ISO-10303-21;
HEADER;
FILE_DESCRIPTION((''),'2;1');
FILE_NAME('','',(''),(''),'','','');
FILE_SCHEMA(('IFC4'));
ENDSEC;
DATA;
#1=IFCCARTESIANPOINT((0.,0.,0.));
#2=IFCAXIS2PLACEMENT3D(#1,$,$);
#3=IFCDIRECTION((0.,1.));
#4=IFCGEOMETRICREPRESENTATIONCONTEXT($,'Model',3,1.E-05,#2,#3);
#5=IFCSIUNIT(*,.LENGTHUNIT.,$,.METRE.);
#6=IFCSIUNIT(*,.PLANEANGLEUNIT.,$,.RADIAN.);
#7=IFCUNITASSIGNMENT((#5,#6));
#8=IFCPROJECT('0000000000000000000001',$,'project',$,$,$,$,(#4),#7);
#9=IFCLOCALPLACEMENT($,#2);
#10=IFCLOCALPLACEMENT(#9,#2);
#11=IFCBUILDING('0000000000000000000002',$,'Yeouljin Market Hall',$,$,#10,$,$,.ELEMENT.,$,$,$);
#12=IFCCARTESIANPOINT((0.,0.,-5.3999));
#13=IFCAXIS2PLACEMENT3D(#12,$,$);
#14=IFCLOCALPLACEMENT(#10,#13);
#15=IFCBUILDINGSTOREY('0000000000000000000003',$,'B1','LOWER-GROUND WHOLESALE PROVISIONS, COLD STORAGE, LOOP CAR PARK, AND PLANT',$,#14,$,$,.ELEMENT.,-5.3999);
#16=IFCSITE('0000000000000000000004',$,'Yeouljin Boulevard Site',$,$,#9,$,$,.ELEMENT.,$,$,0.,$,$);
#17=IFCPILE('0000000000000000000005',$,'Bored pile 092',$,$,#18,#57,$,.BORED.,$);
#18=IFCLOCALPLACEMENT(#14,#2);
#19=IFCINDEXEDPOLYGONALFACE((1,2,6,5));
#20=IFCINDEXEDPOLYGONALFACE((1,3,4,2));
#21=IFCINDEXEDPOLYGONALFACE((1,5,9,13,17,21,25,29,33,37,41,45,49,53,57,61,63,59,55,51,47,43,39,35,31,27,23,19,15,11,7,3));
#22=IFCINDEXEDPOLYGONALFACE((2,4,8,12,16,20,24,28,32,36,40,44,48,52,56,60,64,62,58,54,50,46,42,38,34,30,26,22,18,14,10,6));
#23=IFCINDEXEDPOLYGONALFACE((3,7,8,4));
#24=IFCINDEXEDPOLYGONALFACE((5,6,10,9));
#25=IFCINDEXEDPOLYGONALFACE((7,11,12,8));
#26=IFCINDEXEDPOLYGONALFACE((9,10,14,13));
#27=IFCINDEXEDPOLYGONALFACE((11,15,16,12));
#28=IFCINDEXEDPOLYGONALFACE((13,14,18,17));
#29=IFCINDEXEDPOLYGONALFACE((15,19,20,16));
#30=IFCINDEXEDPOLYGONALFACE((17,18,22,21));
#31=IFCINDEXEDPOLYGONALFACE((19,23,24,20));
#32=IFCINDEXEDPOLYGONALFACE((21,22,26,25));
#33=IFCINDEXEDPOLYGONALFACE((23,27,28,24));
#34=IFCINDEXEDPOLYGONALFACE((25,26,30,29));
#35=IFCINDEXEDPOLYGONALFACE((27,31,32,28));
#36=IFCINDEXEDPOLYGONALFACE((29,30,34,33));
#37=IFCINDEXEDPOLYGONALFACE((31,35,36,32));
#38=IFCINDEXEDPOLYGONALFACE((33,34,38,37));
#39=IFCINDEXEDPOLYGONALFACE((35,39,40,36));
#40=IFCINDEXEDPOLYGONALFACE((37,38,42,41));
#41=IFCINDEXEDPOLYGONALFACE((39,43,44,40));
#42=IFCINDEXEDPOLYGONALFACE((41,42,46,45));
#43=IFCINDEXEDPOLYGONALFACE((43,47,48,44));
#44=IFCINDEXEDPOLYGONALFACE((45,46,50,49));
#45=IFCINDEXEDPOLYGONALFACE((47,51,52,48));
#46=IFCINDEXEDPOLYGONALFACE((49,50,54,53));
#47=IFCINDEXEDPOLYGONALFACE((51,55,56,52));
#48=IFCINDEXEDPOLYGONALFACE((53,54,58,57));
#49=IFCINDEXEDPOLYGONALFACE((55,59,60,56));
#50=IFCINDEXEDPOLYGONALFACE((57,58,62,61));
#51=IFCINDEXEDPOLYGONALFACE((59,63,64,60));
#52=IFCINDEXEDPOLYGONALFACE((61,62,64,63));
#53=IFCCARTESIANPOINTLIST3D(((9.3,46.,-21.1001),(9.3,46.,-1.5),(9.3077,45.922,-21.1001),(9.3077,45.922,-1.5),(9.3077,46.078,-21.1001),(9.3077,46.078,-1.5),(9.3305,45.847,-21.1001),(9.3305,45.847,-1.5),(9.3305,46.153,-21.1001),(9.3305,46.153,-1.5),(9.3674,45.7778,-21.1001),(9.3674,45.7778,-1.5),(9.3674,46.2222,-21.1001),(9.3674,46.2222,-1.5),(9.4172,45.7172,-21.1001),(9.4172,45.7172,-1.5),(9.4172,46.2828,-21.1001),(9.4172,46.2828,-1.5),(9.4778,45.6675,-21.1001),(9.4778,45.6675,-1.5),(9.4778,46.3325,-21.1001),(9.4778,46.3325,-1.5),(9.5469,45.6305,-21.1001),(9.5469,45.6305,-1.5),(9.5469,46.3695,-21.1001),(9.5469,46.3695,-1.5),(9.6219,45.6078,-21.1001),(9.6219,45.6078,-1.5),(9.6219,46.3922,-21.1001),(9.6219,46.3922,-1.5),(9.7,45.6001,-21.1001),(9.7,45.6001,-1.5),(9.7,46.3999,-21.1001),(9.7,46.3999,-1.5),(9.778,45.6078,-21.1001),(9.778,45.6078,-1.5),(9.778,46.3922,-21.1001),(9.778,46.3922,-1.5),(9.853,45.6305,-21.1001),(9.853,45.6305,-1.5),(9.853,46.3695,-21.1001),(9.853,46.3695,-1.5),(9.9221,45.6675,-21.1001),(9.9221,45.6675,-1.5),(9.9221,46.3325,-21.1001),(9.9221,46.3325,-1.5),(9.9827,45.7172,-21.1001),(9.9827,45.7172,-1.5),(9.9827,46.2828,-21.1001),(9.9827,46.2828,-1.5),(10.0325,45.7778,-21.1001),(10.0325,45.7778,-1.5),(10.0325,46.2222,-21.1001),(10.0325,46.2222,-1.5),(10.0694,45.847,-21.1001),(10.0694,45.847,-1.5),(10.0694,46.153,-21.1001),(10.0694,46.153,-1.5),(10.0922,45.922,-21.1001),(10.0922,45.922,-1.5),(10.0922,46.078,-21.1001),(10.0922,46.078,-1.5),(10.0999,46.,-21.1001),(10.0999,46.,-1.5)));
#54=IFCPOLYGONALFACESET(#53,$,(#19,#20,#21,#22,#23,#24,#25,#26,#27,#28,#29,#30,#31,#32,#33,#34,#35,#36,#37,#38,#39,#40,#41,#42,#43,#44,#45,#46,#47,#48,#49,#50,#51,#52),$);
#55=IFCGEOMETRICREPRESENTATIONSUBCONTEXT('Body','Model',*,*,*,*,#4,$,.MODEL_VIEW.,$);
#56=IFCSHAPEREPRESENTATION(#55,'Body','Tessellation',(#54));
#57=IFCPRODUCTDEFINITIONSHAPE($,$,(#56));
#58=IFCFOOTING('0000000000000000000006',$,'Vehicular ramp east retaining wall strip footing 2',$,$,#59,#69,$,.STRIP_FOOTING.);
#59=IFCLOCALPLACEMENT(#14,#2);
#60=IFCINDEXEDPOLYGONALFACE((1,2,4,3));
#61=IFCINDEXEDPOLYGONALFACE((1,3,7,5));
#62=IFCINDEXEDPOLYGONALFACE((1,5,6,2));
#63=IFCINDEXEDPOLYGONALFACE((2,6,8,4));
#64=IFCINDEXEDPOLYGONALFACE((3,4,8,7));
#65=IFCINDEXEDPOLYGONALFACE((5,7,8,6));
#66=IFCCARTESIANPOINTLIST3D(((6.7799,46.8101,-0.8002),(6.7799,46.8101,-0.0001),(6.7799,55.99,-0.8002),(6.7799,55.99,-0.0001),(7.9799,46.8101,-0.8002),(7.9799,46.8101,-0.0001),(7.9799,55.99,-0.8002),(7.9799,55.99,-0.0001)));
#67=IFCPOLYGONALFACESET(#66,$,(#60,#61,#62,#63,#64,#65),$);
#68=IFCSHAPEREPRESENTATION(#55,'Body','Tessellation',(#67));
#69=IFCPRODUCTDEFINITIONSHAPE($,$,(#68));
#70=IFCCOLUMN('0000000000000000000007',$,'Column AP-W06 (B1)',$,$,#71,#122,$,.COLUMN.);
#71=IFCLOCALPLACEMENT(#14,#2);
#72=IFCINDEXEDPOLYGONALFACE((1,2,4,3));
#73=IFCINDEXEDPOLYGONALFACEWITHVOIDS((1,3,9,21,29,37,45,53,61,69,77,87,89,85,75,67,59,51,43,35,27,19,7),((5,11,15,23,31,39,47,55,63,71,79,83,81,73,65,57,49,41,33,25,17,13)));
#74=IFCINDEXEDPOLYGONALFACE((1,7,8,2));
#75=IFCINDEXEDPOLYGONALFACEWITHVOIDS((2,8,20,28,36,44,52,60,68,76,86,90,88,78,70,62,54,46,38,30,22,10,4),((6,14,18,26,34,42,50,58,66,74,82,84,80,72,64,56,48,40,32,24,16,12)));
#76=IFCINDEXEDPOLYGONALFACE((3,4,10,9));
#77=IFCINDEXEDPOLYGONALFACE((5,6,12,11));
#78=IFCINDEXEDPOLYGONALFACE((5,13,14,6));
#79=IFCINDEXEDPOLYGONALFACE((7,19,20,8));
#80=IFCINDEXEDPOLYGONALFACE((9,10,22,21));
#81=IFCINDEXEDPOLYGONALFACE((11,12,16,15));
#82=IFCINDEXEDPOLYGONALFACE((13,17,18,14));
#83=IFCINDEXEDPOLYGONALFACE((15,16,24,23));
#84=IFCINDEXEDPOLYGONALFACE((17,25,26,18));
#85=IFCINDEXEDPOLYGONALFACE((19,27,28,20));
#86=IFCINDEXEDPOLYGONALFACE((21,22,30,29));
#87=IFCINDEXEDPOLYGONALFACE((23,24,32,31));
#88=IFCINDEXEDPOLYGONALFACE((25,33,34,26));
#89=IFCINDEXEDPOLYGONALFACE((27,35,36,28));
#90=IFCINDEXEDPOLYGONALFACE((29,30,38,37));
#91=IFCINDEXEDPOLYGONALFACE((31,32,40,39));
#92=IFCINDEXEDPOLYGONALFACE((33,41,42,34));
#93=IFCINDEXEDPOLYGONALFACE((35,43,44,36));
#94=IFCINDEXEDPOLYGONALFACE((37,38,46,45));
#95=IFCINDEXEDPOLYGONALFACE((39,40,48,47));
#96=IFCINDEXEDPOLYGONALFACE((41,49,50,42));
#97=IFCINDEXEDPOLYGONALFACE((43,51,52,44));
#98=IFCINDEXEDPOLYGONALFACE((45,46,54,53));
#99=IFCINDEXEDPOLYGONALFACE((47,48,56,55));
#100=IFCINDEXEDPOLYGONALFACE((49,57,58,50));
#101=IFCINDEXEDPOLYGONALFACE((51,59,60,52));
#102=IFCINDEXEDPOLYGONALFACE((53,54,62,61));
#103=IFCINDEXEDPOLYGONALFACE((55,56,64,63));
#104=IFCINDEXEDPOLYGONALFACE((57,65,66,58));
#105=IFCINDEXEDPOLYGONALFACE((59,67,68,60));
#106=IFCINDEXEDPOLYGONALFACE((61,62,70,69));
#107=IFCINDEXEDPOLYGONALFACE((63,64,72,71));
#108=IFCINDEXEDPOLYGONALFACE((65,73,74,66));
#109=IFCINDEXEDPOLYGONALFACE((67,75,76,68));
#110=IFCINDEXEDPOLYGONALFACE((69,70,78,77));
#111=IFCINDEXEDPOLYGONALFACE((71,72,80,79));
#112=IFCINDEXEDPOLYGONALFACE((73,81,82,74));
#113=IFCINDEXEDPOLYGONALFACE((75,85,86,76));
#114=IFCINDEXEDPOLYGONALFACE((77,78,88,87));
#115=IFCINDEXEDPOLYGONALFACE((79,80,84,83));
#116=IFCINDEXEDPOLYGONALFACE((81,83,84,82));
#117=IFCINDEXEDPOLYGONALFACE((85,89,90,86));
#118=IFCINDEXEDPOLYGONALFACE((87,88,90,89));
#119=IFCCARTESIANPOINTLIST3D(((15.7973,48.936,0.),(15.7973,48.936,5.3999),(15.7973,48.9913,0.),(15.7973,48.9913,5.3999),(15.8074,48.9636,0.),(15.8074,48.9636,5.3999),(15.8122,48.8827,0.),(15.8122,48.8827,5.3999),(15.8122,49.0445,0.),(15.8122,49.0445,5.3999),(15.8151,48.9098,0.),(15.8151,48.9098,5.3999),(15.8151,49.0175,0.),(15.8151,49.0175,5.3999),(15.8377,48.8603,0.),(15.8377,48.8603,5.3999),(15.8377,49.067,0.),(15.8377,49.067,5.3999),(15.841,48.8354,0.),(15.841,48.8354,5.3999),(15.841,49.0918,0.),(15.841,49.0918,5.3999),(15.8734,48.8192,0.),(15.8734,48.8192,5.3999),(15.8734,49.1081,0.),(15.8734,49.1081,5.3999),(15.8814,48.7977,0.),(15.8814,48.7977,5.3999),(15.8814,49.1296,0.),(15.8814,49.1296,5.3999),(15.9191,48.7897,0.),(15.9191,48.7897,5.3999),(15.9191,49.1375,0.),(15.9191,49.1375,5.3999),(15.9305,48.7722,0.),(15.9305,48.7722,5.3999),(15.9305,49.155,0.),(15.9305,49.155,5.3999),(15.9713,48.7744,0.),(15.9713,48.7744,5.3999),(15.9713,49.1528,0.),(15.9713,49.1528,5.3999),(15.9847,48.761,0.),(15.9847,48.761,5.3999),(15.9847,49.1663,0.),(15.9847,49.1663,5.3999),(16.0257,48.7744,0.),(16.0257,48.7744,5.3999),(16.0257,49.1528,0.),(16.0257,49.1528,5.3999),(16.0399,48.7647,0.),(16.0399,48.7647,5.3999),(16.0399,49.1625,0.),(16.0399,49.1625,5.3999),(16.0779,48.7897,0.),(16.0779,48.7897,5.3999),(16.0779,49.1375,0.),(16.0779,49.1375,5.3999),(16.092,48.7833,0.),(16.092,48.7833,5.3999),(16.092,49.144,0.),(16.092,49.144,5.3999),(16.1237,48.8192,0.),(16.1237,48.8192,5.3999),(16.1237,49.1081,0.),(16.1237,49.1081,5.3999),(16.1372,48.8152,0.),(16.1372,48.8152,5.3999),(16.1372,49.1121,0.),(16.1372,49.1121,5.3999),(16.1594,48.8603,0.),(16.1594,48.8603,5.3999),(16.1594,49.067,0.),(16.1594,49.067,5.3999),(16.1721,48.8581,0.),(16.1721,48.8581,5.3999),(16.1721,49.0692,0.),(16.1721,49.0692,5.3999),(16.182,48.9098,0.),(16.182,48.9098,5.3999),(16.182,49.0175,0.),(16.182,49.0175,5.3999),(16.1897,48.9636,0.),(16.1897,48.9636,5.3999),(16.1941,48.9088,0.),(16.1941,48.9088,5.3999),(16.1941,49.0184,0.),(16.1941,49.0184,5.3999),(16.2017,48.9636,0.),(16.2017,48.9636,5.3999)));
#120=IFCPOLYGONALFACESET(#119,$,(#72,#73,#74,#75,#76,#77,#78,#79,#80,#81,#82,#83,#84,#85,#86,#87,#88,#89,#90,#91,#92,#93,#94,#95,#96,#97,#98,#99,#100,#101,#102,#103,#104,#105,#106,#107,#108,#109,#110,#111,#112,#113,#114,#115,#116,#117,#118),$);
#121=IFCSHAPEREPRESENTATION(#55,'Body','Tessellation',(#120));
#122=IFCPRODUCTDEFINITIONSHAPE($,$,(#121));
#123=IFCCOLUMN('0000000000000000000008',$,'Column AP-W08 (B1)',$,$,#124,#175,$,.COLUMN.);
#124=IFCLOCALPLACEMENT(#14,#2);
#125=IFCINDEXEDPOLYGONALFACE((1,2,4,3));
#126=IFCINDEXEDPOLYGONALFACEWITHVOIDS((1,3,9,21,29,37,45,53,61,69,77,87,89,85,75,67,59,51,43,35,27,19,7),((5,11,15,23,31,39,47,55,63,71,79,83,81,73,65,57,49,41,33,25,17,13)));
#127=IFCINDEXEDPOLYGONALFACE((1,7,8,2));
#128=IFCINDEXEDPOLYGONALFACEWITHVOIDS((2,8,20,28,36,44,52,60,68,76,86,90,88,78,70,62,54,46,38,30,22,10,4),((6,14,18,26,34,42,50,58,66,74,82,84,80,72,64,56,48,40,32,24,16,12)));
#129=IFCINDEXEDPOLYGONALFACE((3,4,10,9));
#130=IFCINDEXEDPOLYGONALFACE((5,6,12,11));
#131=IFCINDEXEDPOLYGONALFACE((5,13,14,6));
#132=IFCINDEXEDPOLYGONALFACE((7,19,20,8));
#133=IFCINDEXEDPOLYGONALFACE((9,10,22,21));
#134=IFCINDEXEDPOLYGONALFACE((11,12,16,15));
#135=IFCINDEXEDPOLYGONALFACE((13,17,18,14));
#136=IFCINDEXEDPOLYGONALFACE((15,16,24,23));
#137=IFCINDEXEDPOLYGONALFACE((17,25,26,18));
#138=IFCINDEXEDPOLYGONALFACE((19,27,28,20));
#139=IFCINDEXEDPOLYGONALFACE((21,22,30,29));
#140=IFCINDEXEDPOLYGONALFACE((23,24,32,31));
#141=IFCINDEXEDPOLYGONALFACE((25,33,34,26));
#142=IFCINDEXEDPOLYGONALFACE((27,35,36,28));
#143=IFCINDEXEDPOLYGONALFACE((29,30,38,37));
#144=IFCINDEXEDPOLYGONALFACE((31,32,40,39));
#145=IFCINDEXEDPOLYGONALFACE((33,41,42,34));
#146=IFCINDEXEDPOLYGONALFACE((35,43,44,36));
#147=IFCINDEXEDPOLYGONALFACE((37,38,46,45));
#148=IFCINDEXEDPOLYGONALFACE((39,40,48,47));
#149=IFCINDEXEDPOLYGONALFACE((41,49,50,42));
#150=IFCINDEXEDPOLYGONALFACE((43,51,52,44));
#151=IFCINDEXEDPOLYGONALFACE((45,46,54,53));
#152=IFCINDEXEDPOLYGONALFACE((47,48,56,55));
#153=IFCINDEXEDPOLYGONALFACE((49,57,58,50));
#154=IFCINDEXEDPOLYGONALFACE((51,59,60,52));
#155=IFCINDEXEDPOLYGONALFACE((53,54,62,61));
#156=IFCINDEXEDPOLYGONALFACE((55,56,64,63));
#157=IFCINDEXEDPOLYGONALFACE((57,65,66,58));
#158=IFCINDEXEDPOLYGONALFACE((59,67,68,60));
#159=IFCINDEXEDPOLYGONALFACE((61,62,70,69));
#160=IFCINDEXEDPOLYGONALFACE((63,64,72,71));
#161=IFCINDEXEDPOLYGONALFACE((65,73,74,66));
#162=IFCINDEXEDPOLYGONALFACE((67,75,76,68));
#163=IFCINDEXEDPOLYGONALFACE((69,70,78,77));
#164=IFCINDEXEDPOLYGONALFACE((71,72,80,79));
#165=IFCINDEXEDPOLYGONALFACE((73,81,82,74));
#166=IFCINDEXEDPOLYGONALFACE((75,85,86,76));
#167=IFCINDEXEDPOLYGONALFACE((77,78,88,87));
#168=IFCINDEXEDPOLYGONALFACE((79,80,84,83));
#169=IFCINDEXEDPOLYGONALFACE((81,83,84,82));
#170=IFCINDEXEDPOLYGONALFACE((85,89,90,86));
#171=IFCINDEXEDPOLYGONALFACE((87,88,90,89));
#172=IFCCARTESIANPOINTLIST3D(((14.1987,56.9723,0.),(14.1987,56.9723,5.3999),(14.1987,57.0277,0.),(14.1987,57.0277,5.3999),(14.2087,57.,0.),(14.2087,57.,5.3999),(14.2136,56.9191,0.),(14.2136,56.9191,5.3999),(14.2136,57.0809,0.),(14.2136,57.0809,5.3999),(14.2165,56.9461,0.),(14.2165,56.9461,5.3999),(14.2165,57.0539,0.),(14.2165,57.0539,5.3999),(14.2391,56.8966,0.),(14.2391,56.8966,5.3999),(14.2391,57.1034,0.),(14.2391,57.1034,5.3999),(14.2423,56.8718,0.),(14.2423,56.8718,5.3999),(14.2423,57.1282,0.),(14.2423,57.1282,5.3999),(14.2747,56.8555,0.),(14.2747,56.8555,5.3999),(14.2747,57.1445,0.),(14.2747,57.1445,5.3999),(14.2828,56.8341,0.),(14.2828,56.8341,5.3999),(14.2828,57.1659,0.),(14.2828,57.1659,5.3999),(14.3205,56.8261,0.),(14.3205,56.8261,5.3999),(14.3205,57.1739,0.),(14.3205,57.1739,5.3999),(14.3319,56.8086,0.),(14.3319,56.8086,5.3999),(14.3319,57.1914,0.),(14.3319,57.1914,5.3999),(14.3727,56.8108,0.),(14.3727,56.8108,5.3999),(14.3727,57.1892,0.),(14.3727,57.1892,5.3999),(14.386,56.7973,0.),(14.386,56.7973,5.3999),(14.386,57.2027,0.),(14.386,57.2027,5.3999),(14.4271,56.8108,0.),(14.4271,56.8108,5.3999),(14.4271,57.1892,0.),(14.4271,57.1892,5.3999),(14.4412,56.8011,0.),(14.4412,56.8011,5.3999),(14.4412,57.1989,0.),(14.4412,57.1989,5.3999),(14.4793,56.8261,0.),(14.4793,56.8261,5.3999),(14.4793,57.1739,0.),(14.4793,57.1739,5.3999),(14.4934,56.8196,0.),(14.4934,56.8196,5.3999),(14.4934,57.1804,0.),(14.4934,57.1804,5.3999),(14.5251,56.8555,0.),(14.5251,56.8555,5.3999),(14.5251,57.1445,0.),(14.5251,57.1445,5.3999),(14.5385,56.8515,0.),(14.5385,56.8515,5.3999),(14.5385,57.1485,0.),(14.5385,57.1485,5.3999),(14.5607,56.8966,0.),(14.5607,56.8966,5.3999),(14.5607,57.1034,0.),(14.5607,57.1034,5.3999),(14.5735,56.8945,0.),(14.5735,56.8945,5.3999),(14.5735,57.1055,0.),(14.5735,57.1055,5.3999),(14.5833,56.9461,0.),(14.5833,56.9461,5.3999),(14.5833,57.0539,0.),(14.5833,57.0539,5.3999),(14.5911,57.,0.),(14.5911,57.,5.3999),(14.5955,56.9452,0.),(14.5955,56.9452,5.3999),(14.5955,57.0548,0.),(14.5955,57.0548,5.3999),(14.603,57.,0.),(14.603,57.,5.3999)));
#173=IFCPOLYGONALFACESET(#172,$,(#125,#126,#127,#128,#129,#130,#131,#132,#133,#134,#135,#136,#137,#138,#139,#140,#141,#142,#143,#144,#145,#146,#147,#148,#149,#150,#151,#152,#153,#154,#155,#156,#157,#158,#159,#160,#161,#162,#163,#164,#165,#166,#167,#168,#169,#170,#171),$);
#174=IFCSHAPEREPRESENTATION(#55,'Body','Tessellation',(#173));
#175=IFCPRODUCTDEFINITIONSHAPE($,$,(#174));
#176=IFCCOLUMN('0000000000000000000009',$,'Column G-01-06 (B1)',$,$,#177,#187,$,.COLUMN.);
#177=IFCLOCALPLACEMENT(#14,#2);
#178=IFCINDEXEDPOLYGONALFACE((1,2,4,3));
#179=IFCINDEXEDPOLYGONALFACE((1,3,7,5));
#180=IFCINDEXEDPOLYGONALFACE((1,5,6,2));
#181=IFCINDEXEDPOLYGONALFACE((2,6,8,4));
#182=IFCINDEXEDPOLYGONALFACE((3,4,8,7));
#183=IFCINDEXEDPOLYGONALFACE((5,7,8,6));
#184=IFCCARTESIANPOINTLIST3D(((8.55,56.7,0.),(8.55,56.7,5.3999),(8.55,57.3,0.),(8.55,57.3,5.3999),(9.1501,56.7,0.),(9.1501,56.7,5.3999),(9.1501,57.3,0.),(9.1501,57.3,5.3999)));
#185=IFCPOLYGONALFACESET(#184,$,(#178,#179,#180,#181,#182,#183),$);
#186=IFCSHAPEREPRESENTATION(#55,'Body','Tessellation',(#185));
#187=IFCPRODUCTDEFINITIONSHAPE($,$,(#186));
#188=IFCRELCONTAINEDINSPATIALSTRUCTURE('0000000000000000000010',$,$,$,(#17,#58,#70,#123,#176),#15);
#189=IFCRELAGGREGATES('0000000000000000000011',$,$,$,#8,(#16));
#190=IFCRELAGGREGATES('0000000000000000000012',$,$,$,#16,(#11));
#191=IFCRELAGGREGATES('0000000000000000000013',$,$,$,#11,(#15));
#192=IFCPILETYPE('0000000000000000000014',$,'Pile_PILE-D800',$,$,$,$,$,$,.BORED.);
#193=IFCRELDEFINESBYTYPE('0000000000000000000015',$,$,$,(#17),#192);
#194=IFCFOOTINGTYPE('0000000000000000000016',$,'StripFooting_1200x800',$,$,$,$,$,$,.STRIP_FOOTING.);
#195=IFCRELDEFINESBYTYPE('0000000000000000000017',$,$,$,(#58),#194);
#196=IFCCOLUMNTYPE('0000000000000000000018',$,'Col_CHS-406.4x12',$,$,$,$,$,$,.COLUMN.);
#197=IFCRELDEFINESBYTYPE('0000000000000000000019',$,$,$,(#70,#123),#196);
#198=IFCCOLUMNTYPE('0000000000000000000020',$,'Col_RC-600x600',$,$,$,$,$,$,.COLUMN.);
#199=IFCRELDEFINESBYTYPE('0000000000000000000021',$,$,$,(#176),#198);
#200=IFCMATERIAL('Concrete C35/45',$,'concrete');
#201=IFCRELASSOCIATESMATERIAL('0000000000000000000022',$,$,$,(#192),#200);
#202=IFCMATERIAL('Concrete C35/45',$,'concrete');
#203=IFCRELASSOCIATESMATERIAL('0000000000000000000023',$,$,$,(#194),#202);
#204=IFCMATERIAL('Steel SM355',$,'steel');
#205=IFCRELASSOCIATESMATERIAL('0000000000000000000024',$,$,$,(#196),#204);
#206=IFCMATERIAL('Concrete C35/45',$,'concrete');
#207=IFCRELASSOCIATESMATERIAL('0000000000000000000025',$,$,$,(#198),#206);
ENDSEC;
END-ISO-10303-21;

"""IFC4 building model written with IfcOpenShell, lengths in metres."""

from ifc_helpers import new_model, si_unit, direction, frame, origin, origin_2d, place, context, subcontext, project, spatial, rectangle, circle, hollow_circle, extrude, material, material_profile, profile_set, type_object, element, save


model = new_model("IFC4")

# Units and contexts
model_context = context("Model", 3, precision=1e-05, world=origin(), true_north=direction((0.0, 1.0)))
body_context = subcontext(model_context, "Body", "Model", "MODEL_VIEW")
ifc_project = project(units=[si_unit("LENGTHUNIT", "METRE"), si_unit("PLANEANGLEUNIT", "RADIAN")], contexts=[model_context])

# Site, building, storey
site_placement = place(None, origin())
site = spatial("IfcSite", under=ifc_project, at=site_placement, Name="Yeouljin Boulevard Site", CompositionType="ELEMENT", RefElevation=0.0)
building_placement = place(site_placement, origin())
building = spatial("IfcBuilding", under=site, at=building_placement, Name="Yeouljin Market Hall", CompositionType="ELEMENT")
storey_placement = place(building_placement, frame((0.0, 0.0, -5.3999)))
storey = spatial("IfcBuildingStorey", under=building, at=storey_placement, Name="B1", Description="LOWER-GROUND WHOLESALE PROVISIONS, COLD STORAGE, LOOP CAR PARK, AND PLANT", CompositionType="ELEMENT", Elevation=-5.3999)

# Pile
ifc_material_1 = material(Name="Concrete C35/45", Category="concrete")
ifc_material_profile_1 = material_profile(ifc_material_1, circle(Radius=0.3999, at=origin_2d()), Name="PILE-D800")
ifc_profile_set_1 = profile_set([ifc_material_profile_1], Name="Concrete C35/45")
pile_type_1 = type_object("IfcPileType", Name="Pile_PILE-D800", PredefinedType="BORED", material=ifc_profile_set_1)
for number, where, z_axis, x_axis, name in (
    (1, (9.7, 46.0, -1.5), (0.0, 0.0, -1.0), (1.0, 0.0, 0.0), "Bored pile 092"),
):
    element("IfcPile", number, at=place(storey_placement, frame(where, z_axis=z_axis, x_axis=x_axis)), inside=storey, type_object=pile_type_1, Name=name, PredefinedType="BORED", context=body_context, shape_type="SweptSolid", body=[
        extrude(circle(Radius=0.3999, at=origin_2d()), origin(), (0.0, 0.0, 1.0), 19.6001),
    ])

# Footing
ifc_material_2 = material(Name="Concrete C35/45", Category="concrete")
ifc_material_profile_2 = material_profile(ifc_material_2, rectangle(XDim=1.2, YDim=0.8, at=origin_2d()), Name="SF-1200x800")
ifc_profile_set_2 = profile_set([ifc_material_profile_2], Name="Concrete C35/45")
footing_type_1 = type_object("IfcFootingType", Name="StripFooting_1200x800", PredefinedType="STRIP_FOOTING", material=ifc_profile_set_2)
footing_1_placement = place(storey_placement, frame((7.3799, 46.8101, -0.4001), z_axis=(0.0, 1.0, 0.0), x_axis=(-1.0, 0.0, 0.0)))
element("IfcFooting", 2, at=footing_1_placement, inside=storey, type_object=footing_type_1, Name="Vehicular ramp east retaining wall strip footing 2", PredefinedType="STRIP_FOOTING", context=body_context, shape_type="SweptSolid", body=[
    extrude(rectangle(XDim=1.2, YDim=0.8, at=origin_2d()), origin(), (0.0, 0.0, 1.0), 9.1799),
])

# Columns
ifc_material_3 = material(Name="Steel SM355", Category="steel")
ifc_material_profile_3 = material_profile(ifc_material_3, hollow_circle(Radius=0.2031, WallThickness=0.012, at=origin_2d()), Name="CHS-406.4x12")
ifc_profile_set_3 = profile_set([ifc_material_profile_3], Name="Steel SM355")
column_type_1 = type_object("IfcColumnType", Name="Col_CHS-406.4x12", PredefinedType="COLUMN", material=ifc_profile_set_3)
for number, where, z_axis, x_axis, name in (
    (3, (15.9985, 48.9636, 0.0), (0.0, 0.0, 1.0), (1.0, 0.0, 0.0), "Column AP-W06 (B1)"),
    (4, (14.3999, 57.0, 0.0), (0.0, 0.0, 1.0), (1.0, 0.0, 0.0), "Column AP-W08 (B1)"),
):
    element("IfcColumn", number, at=place(storey_placement, frame(where, z_axis=z_axis, x_axis=x_axis)), inside=storey, type_object=column_type_1, Name=name, PredefinedType="COLUMN", context=body_context, shape_type="SweptSolid", body=[
        extrude(hollow_circle(Radius=0.2031, WallThickness=0.012, at=origin_2d()), origin(), (0.0, 0.0, 1.0), 5.3999),
    ])
ifc_material_4 = material(Name="Concrete C35/45", Category="concrete")
ifc_material_profile_4 = material_profile(ifc_material_4, rectangle(XDim=0.6001, YDim=0.6001, at=origin_2d()), Name="RC-600x600")
ifc_profile_set_4 = profile_set([ifc_material_profile_4], Name="Concrete C35/45")
column_type_2 = type_object("IfcColumnType", Name="Col_RC-600x600", PredefinedType="COLUMN", material=ifc_profile_set_4)
column_1_placement = place(storey_placement, frame((8.8501, 57.0, 0.0), z_axis=(0.0, 0.0, 1.0), x_axis=(1.0, 0.0, 0.0)))
element("IfcColumn", 5, at=column_1_placement, inside=storey, type_object=column_type_2, Name="Column G-01-06 (B1)", PredefinedType="COLUMN", context=body_context, shape_type="SweptSolid", body=[
    extrude(rectangle(XDim=0.6001, YDim=0.6001, at=origin_2d()), origin(), (0.0, 0.0, 1.0), 5.3999),
])

save(model, "model.ifc")
